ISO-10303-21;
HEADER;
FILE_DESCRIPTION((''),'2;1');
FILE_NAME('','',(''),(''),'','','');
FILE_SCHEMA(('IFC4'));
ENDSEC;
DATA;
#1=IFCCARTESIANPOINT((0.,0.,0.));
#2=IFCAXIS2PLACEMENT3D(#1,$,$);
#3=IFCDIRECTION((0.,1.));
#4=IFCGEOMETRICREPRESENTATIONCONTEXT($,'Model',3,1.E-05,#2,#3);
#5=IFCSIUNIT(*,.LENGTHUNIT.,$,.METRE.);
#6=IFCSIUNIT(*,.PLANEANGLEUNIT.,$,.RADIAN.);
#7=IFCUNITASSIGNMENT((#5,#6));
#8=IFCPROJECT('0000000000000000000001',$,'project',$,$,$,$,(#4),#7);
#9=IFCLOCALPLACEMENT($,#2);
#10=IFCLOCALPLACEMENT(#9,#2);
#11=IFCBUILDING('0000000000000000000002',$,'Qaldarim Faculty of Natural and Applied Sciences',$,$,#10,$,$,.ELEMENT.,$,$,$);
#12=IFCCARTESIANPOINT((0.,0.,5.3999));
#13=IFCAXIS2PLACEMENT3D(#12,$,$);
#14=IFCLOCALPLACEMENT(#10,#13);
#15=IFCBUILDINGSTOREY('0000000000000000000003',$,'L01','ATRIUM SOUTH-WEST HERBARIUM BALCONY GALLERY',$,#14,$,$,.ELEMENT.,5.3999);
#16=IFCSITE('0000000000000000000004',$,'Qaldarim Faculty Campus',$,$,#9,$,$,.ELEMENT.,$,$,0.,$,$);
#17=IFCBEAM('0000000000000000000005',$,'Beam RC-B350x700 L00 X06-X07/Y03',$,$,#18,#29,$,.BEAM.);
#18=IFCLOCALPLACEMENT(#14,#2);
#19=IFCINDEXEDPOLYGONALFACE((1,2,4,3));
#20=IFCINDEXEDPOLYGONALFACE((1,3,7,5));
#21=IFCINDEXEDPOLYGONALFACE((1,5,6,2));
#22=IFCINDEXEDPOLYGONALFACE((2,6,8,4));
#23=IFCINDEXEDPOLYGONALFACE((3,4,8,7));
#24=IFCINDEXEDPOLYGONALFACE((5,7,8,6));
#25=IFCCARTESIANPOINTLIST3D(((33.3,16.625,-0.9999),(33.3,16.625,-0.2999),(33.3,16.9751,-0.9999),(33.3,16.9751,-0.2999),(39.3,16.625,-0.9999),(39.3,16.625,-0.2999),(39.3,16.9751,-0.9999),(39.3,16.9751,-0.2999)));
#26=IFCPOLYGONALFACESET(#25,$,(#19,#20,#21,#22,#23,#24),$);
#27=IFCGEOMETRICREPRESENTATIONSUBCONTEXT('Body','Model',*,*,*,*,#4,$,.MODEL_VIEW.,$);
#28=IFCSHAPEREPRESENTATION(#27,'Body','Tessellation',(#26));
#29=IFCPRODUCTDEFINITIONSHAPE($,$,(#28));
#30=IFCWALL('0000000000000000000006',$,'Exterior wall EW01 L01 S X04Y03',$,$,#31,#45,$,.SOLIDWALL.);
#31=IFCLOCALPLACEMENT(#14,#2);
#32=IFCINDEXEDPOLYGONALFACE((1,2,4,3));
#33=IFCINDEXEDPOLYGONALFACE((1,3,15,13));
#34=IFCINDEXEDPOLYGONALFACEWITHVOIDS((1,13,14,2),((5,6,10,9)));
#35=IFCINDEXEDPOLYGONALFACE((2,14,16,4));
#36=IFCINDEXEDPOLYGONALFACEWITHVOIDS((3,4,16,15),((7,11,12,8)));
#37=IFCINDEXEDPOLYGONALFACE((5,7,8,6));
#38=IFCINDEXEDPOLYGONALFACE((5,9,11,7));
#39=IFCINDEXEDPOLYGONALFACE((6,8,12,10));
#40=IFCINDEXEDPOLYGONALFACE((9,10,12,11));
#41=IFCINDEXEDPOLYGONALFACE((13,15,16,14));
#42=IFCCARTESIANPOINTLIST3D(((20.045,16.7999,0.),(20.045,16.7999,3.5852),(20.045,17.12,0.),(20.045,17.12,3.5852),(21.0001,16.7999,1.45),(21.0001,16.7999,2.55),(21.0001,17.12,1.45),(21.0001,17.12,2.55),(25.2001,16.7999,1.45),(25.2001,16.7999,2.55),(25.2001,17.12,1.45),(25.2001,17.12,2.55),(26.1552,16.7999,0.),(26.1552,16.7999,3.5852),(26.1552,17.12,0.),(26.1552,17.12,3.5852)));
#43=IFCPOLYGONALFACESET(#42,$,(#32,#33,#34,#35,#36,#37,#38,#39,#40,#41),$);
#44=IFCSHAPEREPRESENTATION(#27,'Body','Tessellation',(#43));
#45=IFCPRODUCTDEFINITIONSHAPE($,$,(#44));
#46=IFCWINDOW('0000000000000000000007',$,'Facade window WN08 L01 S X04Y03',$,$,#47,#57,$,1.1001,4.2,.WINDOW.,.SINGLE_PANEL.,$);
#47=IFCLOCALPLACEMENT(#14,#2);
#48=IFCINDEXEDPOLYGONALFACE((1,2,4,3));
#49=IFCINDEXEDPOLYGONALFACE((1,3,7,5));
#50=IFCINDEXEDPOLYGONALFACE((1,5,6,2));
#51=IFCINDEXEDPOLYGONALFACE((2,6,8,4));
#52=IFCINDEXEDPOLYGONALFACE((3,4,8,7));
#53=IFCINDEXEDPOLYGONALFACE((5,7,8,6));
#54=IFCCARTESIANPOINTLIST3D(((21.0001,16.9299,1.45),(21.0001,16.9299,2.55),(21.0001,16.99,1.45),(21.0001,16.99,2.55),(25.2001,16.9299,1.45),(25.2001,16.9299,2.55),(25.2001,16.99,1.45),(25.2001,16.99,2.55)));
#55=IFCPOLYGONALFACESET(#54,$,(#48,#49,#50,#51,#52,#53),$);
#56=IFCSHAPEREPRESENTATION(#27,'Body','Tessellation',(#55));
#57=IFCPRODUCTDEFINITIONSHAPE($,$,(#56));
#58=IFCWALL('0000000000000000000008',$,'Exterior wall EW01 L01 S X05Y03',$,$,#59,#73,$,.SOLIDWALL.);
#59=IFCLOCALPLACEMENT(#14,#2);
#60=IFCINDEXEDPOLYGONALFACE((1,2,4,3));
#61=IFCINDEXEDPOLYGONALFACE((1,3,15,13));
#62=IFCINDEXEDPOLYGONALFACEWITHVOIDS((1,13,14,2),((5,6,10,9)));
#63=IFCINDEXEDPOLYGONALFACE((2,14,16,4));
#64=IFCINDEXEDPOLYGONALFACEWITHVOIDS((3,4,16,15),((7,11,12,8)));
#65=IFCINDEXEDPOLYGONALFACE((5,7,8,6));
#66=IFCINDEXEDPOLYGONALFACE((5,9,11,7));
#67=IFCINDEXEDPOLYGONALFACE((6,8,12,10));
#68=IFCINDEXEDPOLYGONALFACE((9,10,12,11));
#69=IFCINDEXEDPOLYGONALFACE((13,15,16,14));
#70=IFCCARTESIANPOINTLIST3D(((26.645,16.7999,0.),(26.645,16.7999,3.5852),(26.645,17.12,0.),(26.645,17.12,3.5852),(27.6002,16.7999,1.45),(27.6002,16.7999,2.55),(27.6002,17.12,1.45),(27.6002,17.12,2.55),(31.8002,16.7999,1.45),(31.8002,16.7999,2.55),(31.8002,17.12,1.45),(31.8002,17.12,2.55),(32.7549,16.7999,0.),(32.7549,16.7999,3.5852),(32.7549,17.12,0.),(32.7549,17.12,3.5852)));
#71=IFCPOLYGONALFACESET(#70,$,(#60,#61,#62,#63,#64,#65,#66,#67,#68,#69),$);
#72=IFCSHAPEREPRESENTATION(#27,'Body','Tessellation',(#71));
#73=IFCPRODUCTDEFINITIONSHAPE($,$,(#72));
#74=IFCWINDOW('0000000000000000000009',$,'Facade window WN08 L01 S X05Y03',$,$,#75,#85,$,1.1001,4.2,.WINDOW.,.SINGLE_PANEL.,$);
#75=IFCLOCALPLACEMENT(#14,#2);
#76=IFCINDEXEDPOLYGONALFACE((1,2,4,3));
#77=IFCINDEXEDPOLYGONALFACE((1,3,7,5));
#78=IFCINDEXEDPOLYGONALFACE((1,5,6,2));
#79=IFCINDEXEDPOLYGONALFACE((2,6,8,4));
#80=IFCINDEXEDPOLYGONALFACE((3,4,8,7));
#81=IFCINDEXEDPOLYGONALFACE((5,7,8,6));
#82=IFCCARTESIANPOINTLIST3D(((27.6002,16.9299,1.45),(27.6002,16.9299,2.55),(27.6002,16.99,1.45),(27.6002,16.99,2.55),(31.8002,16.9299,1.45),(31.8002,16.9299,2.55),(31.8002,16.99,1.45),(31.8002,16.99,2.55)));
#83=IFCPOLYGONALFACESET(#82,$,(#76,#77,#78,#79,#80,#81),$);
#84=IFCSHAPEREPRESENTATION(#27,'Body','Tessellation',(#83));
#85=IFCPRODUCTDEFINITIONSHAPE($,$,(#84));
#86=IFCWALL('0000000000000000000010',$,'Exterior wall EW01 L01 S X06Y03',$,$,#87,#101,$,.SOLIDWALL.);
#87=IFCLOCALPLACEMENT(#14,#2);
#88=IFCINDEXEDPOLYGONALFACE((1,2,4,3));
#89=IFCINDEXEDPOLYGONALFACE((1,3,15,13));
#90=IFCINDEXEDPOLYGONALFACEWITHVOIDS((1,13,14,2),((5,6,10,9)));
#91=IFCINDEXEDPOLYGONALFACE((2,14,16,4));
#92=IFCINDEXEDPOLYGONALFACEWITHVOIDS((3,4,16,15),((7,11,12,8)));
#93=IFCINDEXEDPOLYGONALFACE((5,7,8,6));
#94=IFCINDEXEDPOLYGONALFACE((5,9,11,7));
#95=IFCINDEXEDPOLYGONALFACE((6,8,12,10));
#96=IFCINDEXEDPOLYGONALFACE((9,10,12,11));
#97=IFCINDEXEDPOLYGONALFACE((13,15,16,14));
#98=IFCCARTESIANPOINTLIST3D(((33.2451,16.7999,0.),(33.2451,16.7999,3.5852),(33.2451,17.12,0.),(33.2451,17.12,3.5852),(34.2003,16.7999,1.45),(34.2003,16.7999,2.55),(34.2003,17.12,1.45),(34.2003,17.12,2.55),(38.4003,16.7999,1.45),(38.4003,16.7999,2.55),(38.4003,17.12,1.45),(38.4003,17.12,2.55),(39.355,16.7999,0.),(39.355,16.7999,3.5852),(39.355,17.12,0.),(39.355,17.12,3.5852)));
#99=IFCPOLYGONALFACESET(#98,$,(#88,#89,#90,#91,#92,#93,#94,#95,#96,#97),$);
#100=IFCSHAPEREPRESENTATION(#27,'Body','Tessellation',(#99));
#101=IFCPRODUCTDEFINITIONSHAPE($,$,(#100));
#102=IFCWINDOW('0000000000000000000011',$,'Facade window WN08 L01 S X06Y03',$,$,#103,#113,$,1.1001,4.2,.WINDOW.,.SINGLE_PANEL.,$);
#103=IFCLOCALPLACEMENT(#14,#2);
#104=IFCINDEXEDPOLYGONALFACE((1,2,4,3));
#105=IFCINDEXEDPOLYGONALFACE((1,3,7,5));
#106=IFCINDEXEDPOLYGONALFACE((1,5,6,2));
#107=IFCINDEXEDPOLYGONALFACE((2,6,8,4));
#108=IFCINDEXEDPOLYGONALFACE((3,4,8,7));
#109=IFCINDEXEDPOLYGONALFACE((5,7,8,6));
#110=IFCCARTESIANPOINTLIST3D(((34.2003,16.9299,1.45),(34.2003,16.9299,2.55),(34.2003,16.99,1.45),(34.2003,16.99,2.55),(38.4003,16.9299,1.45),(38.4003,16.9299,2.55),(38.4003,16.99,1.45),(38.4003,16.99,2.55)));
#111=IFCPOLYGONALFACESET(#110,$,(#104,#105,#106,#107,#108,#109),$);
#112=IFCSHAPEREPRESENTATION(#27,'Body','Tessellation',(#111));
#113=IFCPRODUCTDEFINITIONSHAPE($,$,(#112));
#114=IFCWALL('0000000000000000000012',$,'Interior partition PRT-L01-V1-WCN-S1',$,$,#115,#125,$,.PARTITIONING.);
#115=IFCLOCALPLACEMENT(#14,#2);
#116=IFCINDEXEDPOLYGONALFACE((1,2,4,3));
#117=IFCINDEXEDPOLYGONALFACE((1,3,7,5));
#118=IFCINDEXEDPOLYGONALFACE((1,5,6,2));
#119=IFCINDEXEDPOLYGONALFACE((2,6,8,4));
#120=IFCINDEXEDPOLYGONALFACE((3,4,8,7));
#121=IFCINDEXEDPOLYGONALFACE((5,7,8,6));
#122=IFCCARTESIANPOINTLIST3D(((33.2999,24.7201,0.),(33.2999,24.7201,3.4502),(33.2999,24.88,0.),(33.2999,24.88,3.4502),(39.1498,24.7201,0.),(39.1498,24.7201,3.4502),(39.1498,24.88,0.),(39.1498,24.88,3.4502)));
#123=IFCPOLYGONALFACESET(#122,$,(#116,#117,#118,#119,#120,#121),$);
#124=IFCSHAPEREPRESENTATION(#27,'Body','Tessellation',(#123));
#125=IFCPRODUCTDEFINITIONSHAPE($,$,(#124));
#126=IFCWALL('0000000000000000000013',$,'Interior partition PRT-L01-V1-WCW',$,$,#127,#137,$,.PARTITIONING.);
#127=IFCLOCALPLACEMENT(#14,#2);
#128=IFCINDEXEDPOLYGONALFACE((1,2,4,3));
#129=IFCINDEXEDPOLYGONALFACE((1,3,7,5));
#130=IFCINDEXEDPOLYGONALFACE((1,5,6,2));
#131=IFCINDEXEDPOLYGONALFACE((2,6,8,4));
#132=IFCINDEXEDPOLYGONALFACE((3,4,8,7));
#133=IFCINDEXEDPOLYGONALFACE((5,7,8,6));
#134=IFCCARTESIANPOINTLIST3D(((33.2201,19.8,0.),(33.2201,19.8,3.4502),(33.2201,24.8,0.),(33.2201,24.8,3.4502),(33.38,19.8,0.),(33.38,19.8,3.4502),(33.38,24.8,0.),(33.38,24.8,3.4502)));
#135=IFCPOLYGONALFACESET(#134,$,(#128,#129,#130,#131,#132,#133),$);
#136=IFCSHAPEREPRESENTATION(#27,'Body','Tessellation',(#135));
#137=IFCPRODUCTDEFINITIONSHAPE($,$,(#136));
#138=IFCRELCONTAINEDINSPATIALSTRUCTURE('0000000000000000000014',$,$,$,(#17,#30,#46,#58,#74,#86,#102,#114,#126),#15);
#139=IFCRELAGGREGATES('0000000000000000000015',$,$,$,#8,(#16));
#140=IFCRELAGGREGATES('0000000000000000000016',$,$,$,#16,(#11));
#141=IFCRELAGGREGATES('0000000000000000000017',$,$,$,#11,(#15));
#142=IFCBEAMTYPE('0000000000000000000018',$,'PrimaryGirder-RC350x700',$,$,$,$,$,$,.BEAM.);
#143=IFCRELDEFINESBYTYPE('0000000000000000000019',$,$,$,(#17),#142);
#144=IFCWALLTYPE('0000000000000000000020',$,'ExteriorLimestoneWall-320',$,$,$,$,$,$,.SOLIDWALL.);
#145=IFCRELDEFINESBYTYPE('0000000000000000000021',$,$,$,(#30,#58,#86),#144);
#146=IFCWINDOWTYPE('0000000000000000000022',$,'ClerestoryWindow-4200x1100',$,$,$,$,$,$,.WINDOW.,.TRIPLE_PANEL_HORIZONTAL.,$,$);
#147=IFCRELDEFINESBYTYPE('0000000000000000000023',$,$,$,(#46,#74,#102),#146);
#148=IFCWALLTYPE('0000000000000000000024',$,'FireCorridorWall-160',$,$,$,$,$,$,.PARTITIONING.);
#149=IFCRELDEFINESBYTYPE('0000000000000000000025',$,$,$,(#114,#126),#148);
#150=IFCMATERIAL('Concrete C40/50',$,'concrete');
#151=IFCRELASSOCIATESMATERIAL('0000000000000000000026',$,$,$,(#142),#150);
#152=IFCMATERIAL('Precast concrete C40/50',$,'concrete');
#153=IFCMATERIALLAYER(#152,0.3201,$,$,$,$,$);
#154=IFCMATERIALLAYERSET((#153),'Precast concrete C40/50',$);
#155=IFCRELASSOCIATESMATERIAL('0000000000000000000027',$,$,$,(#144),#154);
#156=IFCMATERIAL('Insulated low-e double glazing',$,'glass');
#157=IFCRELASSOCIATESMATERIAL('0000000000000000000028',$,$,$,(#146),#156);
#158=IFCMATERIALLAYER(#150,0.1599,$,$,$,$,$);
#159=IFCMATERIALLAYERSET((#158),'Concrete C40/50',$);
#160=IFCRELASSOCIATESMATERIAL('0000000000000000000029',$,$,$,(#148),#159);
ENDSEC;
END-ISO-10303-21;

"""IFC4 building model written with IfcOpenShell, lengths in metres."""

from ifc_helpers import new_model, si_unit, direction, frame, frame_2d, origin, origin_2d, place, context, subcontext, project, spatial, rectangle, extrude, material, layer, layer_set, material_profile, profile_set, type_object, element, fill, save


model = new_model("IFC4")

# Units and contexts
model_context = context("Model", 3, precision=1e-05, world=origin(), true_north=direction((0.0, 1.0)))
body_context = subcontext(model_context, "Body", "Model", "MODEL_VIEW")
ifc_project = project(units=[si_unit("LENGTHUNIT", "METRE"), si_unit("PLANEANGLEUNIT", "RADIAN")], contexts=[model_context])

# Site, building, storey
site_placement = place(None, origin())
site = spatial("IfcSite", under=ifc_project, at=site_placement, Name="Qaldarim Faculty Campus", CompositionType="ELEMENT", RefElevation=0.0)
building_placement = place(site_placement, origin())
building = spatial("IfcBuilding", under=site, at=building_placement, Name="Qaldarim Faculty of Natural and Applied Sciences", CompositionType="ELEMENT")
storey_placement = place(building_placement, frame((0.0, 0.0, 5.3999)))
storey = spatial("IfcBuildingStorey", under=building, at=storey_placement, Name="L01", Description="ATRIUM SOUTH-WEST HERBARIUM BALCONY GALLERY", CompositionType="ELEMENT", Elevation=5.3999)

# Shared definitions
ifc_material_1 = material(Name="Concrete C40/50", Category="concrete")

# Beam
ifc_material_profile_1 = material_profile(ifc_material_1, rectangle(XDim=0.3501, YDim=0.7, at=origin_2d()), Name="RC-B350x700")
ifc_profile_set_1 = profile_set([ifc_material_profile_1], Name="Concrete C40/50")
beam_type_1 = type_object("IfcBeamType", Name="PrimaryGirder-RC350x700", PredefinedType="BEAM", material=ifc_profile_set_1)
for number, where, z_axis, x_axis, name in (
    (1, (33.3, 16.8, -0.6499), (1.0, 0.0, 0.0), (0.0, 1.0, 0.0), "Beam RC-B350x700 L00 X06-X07/Y03"),
):
    element("IfcBeam", number, at=place(storey_placement, frame(where, z_axis=z_axis, x_axis=x_axis)), inside=storey, type_object=beam_type_1, Name=name, PredefinedType="BEAM", context=body_context, shape_type="SweptSolid", body=[
        extrude(rectangle(XDim=0.3501, YDim=0.7, at=origin_2d()), origin(), (0.0, 0.0, 1.0), 6.0),
    ])

# Walls, openings, windows
ifc_material_2 = material(Name="Precast concrete C40/50", Category="concrete")
ifc_layer_1 = layer(ifc_material_2, 0.3201)
ifc_layer_set_1 = layer_set([ifc_layer_1], Name="Precast concrete C40/50")
wall_type_1 = type_object("IfcWallType", Name="ExteriorLimestoneWall-320", PredefinedType="SOLIDWALL", material=ifc_layer_set_1)
wall_1_placement = place(storey_placement, frame((20.0449, 16.96, 0.0), z_axis=(0.0, 0.0, 1.0), x_axis=(1.0, 0.0, 0.0)))
wall_1 = element("IfcWall", 2, at=wall_1_placement, inside=storey, type_object=wall_type_1, Name="Exterior wall EW01 L01 S X04Y03", PredefinedType="SOLIDWALL", context=body_context, shape_type="SweptSolid", body=[
    extrude(rectangle(XDim=6.1101, YDim=0.3201, at=frame_2d((3.0552, 0.0))), origin(), (0.0, 0.0, 1.0), 3.5852),
])
opening_1_placement = place(wall_1_placement, frame((0.9551, 0.0, 1.45)))
opening_1 = element("IfcOpeningElement", 3, at=opening_1_placement, cuts=wall_1, PredefinedType="OPENING", context=body_context, shape_type="SweptSolid", body=[
    extrude(rectangle(XDim=4.2, YDim=1.1001, at=frame_2d((2.1001, 0.55))), frame((0.0, 0.1699, 0.0), z_axis=(0.0, -1.0, 0.0), x_axis=(1.0, 0.0, 0.0)), (0.0, 0.0, 1.0), 0.3401),
])
ifc_material_3 = material(Name="Insulated low-e double glazing", Category="glass")
window_type = type_object("IfcWindowType", Name="ClerestoryWindow-4200x1100", PartitioningType="TRIPLE_PANEL_HORIZONTAL", PredefinedType="WINDOW", material=ifc_material_3)
window_1_placement = place(opening_1_placement, origin())
window_1 = element("IfcWindow", 4, at=window_1_placement, inside=storey, type_object=window_type, Name="Facade window WN08 L01 S X04Y03", OverallHeight=1.1001, OverallWidth=4.2, PartitioningType="SINGLE_PANEL", PredefinedType="WINDOW", context=body_context, shape_type="SweptSolid", body=[
    extrude(rectangle(XDim=4.2, YDim=1.1001, at=frame_2d((2.1001, 0.55))), frame((0.0, 0.03, 0.0), z_axis=(0.0, -1.0, 0.0), x_axis=(1.0, 0.0, 0.0)), (0.0, 0.0, 1.0), 0.0601),
])
fill(opening_1, window_1)
wall_2_placement = place(storey_placement, frame((26.645, 16.96, 0.0), z_axis=(0.0, 0.0, 1.0), x_axis=(1.0, 0.0, 0.0)))
wall_2 = element("IfcWall", 5, at=wall_2_placement, inside=storey, type_object=wall_type_1, Name="Exterior wall EW01 L01 S X05Y03", PredefinedType="SOLIDWALL", context=body_context, shape_type="SweptSolid", body=[
    extrude(rectangle(XDim=6.1099, YDim=0.3201, at=frame_2d((3.0549, 0.0))), origin(), (0.0, 0.0, 1.0), 3.5852),
])
opening_2_placement = place(wall_2_placement, frame((0.9551, 0.0, 1.45)))
opening_2 = element("IfcOpeningElement", 6, at=opening_2_placement, cuts=wall_2, PredefinedType="OPENING", context=body_context, shape_type="SweptSolid", body=[
    extrude(rectangle(XDim=4.2, YDim=1.1001, at=frame_2d((2.1001, 0.55))), frame((0.0, 0.1699, 0.0), z_axis=(0.0, -1.0, 0.0), x_axis=(1.0, 0.0, 0.0)), (0.0, 0.0, 1.0), 0.3401),
])
window_2_placement = place(opening_2_placement, origin())
window_2 = element("IfcWindow", 7, at=window_2_placement, inside=storey, type_object=window_type, Name="Facade window WN08 L01 S X05Y03", OverallHeight=1.1001, OverallWidth=4.2, PartitioningType="SINGLE_PANEL", PredefinedType="WINDOW", context=body_context, shape_type="SweptSolid", body=[
    extrude(rectangle(XDim=4.2, YDim=1.1001, at=frame_2d((2.1001, 0.55))), frame((0.0, 0.03, 0.0), z_axis=(0.0, -1.0, 0.0), x_axis=(1.0, 0.0, 0.0)), (0.0, 0.0, 1.0), 0.0601),
])
fill(opening_2, window_2)
wall_3_placement = place(storey_placement, frame((33.2451, 16.96, 0.0), z_axis=(0.0, 0.0, 1.0), x_axis=(1.0, 0.0, 0.0)))
wall_3 = element("IfcWall", 8, at=wall_3_placement, inside=storey, type_object=wall_type_1, Name="Exterior wall EW01 L01 S X06Y03", PredefinedType="SOLIDWALL", context=body_context, shape_type="SweptSolid", body=[
    extrude(rectangle(XDim=6.1099, YDim=0.3201, at=frame_2d((3.0549, 0.0))), origin(), (0.0, 0.0, 1.0), 3.5852),
])
opening_3_placement = place(wall_3_placement, frame((0.9551, 0.0, 1.45)))
opening_3 = element("IfcOpeningElement", 9, at=opening_3_placement, cuts=wall_3, PredefinedType="OPENING", context=body_context, shape_type="SweptSolid", body=[
    extrude(rectangle(XDim=4.2, YDim=1.1001, at=frame_2d((2.1001, 0.55))), frame((0.0, 0.1699, 0.0), z_axis=(0.0, -1.0, 0.0), x_axis=(1.0, 0.0, 0.0)), (0.0, 0.0, 1.0), 0.3401),
])
window_3_placement = place(opening_3_placement, origin())
window_3 = element("IfcWindow", 10, at=window_3_placement, inside=storey, type_object=window_type, Name="Facade window WN08 L01 S X06Y03", OverallHeight=1.1001, OverallWidth=4.2, PartitioningType="SINGLE_PANEL", PredefinedType="WINDOW", context=body_context, shape_type="SweptSolid", body=[
    extrude(rectangle(XDim=4.2, YDim=1.1001, at=frame_2d((2.1001, 0.55))), frame((0.0, 0.03, 0.0), z_axis=(0.0, -1.0, 0.0), x_axis=(1.0, 0.0, 0.0)), (0.0, 0.0, 1.0), 0.0601),
])
fill(opening_3, window_3)

# Shared definitions
ifc_layer_2 = layer(ifc_material_1, 0.1599)
ifc_layer_set_2 = layer_set([ifc_layer_2], Name="Concrete C40/50")
wall_type_2 = type_object("IfcWallType", Name="FireCorridorWall-160", PredefinedType="PARTITIONING", material=ifc_layer_set_2)

# Walls
wall_4_placement = place(storey_placement, frame((33.3, 24.8, 0.0), z_axis=(0.0, 0.0, 1.0), x_axis=(1.0, 0.0, 0.0)))
element("IfcWall", 11, at=wall_4_placement, inside=storey, type_object=wall_type_2, Name="Interior partition PRT-L01-V1-WCN-S1", PredefinedType="PARTITIONING", context=body_context, shape_type="SweptSolid", body=[
    extrude(rectangle(XDim=5.8499, YDim=0.1599, at=frame_2d((2.9248, 0.0))), origin(), (0.0, 0.0, 1.0), 3.4502),
])
wall_5_placement = place(storey_placement, frame((33.3, 19.8, 0.0), z_axis=(0.0, 0.0, 1.0), x_axis=(0.0, 1.0, 0.0)))
element("IfcWall", 12, at=wall_5_placement, inside=storey, type_object=wall_type_2, Name="Interior partition PRT-L01-V1-WCW", PredefinedType="PARTITIONING", context=body_context, shape_type="SweptSolid", body=[
    extrude(rectangle(XDim=5.0, YDim=0.1599, at=frame_2d((2.5, 0.0))), origin(), (0.0, 0.0, 1.0), 3.4502),
])

save(model, "model.ifc")
